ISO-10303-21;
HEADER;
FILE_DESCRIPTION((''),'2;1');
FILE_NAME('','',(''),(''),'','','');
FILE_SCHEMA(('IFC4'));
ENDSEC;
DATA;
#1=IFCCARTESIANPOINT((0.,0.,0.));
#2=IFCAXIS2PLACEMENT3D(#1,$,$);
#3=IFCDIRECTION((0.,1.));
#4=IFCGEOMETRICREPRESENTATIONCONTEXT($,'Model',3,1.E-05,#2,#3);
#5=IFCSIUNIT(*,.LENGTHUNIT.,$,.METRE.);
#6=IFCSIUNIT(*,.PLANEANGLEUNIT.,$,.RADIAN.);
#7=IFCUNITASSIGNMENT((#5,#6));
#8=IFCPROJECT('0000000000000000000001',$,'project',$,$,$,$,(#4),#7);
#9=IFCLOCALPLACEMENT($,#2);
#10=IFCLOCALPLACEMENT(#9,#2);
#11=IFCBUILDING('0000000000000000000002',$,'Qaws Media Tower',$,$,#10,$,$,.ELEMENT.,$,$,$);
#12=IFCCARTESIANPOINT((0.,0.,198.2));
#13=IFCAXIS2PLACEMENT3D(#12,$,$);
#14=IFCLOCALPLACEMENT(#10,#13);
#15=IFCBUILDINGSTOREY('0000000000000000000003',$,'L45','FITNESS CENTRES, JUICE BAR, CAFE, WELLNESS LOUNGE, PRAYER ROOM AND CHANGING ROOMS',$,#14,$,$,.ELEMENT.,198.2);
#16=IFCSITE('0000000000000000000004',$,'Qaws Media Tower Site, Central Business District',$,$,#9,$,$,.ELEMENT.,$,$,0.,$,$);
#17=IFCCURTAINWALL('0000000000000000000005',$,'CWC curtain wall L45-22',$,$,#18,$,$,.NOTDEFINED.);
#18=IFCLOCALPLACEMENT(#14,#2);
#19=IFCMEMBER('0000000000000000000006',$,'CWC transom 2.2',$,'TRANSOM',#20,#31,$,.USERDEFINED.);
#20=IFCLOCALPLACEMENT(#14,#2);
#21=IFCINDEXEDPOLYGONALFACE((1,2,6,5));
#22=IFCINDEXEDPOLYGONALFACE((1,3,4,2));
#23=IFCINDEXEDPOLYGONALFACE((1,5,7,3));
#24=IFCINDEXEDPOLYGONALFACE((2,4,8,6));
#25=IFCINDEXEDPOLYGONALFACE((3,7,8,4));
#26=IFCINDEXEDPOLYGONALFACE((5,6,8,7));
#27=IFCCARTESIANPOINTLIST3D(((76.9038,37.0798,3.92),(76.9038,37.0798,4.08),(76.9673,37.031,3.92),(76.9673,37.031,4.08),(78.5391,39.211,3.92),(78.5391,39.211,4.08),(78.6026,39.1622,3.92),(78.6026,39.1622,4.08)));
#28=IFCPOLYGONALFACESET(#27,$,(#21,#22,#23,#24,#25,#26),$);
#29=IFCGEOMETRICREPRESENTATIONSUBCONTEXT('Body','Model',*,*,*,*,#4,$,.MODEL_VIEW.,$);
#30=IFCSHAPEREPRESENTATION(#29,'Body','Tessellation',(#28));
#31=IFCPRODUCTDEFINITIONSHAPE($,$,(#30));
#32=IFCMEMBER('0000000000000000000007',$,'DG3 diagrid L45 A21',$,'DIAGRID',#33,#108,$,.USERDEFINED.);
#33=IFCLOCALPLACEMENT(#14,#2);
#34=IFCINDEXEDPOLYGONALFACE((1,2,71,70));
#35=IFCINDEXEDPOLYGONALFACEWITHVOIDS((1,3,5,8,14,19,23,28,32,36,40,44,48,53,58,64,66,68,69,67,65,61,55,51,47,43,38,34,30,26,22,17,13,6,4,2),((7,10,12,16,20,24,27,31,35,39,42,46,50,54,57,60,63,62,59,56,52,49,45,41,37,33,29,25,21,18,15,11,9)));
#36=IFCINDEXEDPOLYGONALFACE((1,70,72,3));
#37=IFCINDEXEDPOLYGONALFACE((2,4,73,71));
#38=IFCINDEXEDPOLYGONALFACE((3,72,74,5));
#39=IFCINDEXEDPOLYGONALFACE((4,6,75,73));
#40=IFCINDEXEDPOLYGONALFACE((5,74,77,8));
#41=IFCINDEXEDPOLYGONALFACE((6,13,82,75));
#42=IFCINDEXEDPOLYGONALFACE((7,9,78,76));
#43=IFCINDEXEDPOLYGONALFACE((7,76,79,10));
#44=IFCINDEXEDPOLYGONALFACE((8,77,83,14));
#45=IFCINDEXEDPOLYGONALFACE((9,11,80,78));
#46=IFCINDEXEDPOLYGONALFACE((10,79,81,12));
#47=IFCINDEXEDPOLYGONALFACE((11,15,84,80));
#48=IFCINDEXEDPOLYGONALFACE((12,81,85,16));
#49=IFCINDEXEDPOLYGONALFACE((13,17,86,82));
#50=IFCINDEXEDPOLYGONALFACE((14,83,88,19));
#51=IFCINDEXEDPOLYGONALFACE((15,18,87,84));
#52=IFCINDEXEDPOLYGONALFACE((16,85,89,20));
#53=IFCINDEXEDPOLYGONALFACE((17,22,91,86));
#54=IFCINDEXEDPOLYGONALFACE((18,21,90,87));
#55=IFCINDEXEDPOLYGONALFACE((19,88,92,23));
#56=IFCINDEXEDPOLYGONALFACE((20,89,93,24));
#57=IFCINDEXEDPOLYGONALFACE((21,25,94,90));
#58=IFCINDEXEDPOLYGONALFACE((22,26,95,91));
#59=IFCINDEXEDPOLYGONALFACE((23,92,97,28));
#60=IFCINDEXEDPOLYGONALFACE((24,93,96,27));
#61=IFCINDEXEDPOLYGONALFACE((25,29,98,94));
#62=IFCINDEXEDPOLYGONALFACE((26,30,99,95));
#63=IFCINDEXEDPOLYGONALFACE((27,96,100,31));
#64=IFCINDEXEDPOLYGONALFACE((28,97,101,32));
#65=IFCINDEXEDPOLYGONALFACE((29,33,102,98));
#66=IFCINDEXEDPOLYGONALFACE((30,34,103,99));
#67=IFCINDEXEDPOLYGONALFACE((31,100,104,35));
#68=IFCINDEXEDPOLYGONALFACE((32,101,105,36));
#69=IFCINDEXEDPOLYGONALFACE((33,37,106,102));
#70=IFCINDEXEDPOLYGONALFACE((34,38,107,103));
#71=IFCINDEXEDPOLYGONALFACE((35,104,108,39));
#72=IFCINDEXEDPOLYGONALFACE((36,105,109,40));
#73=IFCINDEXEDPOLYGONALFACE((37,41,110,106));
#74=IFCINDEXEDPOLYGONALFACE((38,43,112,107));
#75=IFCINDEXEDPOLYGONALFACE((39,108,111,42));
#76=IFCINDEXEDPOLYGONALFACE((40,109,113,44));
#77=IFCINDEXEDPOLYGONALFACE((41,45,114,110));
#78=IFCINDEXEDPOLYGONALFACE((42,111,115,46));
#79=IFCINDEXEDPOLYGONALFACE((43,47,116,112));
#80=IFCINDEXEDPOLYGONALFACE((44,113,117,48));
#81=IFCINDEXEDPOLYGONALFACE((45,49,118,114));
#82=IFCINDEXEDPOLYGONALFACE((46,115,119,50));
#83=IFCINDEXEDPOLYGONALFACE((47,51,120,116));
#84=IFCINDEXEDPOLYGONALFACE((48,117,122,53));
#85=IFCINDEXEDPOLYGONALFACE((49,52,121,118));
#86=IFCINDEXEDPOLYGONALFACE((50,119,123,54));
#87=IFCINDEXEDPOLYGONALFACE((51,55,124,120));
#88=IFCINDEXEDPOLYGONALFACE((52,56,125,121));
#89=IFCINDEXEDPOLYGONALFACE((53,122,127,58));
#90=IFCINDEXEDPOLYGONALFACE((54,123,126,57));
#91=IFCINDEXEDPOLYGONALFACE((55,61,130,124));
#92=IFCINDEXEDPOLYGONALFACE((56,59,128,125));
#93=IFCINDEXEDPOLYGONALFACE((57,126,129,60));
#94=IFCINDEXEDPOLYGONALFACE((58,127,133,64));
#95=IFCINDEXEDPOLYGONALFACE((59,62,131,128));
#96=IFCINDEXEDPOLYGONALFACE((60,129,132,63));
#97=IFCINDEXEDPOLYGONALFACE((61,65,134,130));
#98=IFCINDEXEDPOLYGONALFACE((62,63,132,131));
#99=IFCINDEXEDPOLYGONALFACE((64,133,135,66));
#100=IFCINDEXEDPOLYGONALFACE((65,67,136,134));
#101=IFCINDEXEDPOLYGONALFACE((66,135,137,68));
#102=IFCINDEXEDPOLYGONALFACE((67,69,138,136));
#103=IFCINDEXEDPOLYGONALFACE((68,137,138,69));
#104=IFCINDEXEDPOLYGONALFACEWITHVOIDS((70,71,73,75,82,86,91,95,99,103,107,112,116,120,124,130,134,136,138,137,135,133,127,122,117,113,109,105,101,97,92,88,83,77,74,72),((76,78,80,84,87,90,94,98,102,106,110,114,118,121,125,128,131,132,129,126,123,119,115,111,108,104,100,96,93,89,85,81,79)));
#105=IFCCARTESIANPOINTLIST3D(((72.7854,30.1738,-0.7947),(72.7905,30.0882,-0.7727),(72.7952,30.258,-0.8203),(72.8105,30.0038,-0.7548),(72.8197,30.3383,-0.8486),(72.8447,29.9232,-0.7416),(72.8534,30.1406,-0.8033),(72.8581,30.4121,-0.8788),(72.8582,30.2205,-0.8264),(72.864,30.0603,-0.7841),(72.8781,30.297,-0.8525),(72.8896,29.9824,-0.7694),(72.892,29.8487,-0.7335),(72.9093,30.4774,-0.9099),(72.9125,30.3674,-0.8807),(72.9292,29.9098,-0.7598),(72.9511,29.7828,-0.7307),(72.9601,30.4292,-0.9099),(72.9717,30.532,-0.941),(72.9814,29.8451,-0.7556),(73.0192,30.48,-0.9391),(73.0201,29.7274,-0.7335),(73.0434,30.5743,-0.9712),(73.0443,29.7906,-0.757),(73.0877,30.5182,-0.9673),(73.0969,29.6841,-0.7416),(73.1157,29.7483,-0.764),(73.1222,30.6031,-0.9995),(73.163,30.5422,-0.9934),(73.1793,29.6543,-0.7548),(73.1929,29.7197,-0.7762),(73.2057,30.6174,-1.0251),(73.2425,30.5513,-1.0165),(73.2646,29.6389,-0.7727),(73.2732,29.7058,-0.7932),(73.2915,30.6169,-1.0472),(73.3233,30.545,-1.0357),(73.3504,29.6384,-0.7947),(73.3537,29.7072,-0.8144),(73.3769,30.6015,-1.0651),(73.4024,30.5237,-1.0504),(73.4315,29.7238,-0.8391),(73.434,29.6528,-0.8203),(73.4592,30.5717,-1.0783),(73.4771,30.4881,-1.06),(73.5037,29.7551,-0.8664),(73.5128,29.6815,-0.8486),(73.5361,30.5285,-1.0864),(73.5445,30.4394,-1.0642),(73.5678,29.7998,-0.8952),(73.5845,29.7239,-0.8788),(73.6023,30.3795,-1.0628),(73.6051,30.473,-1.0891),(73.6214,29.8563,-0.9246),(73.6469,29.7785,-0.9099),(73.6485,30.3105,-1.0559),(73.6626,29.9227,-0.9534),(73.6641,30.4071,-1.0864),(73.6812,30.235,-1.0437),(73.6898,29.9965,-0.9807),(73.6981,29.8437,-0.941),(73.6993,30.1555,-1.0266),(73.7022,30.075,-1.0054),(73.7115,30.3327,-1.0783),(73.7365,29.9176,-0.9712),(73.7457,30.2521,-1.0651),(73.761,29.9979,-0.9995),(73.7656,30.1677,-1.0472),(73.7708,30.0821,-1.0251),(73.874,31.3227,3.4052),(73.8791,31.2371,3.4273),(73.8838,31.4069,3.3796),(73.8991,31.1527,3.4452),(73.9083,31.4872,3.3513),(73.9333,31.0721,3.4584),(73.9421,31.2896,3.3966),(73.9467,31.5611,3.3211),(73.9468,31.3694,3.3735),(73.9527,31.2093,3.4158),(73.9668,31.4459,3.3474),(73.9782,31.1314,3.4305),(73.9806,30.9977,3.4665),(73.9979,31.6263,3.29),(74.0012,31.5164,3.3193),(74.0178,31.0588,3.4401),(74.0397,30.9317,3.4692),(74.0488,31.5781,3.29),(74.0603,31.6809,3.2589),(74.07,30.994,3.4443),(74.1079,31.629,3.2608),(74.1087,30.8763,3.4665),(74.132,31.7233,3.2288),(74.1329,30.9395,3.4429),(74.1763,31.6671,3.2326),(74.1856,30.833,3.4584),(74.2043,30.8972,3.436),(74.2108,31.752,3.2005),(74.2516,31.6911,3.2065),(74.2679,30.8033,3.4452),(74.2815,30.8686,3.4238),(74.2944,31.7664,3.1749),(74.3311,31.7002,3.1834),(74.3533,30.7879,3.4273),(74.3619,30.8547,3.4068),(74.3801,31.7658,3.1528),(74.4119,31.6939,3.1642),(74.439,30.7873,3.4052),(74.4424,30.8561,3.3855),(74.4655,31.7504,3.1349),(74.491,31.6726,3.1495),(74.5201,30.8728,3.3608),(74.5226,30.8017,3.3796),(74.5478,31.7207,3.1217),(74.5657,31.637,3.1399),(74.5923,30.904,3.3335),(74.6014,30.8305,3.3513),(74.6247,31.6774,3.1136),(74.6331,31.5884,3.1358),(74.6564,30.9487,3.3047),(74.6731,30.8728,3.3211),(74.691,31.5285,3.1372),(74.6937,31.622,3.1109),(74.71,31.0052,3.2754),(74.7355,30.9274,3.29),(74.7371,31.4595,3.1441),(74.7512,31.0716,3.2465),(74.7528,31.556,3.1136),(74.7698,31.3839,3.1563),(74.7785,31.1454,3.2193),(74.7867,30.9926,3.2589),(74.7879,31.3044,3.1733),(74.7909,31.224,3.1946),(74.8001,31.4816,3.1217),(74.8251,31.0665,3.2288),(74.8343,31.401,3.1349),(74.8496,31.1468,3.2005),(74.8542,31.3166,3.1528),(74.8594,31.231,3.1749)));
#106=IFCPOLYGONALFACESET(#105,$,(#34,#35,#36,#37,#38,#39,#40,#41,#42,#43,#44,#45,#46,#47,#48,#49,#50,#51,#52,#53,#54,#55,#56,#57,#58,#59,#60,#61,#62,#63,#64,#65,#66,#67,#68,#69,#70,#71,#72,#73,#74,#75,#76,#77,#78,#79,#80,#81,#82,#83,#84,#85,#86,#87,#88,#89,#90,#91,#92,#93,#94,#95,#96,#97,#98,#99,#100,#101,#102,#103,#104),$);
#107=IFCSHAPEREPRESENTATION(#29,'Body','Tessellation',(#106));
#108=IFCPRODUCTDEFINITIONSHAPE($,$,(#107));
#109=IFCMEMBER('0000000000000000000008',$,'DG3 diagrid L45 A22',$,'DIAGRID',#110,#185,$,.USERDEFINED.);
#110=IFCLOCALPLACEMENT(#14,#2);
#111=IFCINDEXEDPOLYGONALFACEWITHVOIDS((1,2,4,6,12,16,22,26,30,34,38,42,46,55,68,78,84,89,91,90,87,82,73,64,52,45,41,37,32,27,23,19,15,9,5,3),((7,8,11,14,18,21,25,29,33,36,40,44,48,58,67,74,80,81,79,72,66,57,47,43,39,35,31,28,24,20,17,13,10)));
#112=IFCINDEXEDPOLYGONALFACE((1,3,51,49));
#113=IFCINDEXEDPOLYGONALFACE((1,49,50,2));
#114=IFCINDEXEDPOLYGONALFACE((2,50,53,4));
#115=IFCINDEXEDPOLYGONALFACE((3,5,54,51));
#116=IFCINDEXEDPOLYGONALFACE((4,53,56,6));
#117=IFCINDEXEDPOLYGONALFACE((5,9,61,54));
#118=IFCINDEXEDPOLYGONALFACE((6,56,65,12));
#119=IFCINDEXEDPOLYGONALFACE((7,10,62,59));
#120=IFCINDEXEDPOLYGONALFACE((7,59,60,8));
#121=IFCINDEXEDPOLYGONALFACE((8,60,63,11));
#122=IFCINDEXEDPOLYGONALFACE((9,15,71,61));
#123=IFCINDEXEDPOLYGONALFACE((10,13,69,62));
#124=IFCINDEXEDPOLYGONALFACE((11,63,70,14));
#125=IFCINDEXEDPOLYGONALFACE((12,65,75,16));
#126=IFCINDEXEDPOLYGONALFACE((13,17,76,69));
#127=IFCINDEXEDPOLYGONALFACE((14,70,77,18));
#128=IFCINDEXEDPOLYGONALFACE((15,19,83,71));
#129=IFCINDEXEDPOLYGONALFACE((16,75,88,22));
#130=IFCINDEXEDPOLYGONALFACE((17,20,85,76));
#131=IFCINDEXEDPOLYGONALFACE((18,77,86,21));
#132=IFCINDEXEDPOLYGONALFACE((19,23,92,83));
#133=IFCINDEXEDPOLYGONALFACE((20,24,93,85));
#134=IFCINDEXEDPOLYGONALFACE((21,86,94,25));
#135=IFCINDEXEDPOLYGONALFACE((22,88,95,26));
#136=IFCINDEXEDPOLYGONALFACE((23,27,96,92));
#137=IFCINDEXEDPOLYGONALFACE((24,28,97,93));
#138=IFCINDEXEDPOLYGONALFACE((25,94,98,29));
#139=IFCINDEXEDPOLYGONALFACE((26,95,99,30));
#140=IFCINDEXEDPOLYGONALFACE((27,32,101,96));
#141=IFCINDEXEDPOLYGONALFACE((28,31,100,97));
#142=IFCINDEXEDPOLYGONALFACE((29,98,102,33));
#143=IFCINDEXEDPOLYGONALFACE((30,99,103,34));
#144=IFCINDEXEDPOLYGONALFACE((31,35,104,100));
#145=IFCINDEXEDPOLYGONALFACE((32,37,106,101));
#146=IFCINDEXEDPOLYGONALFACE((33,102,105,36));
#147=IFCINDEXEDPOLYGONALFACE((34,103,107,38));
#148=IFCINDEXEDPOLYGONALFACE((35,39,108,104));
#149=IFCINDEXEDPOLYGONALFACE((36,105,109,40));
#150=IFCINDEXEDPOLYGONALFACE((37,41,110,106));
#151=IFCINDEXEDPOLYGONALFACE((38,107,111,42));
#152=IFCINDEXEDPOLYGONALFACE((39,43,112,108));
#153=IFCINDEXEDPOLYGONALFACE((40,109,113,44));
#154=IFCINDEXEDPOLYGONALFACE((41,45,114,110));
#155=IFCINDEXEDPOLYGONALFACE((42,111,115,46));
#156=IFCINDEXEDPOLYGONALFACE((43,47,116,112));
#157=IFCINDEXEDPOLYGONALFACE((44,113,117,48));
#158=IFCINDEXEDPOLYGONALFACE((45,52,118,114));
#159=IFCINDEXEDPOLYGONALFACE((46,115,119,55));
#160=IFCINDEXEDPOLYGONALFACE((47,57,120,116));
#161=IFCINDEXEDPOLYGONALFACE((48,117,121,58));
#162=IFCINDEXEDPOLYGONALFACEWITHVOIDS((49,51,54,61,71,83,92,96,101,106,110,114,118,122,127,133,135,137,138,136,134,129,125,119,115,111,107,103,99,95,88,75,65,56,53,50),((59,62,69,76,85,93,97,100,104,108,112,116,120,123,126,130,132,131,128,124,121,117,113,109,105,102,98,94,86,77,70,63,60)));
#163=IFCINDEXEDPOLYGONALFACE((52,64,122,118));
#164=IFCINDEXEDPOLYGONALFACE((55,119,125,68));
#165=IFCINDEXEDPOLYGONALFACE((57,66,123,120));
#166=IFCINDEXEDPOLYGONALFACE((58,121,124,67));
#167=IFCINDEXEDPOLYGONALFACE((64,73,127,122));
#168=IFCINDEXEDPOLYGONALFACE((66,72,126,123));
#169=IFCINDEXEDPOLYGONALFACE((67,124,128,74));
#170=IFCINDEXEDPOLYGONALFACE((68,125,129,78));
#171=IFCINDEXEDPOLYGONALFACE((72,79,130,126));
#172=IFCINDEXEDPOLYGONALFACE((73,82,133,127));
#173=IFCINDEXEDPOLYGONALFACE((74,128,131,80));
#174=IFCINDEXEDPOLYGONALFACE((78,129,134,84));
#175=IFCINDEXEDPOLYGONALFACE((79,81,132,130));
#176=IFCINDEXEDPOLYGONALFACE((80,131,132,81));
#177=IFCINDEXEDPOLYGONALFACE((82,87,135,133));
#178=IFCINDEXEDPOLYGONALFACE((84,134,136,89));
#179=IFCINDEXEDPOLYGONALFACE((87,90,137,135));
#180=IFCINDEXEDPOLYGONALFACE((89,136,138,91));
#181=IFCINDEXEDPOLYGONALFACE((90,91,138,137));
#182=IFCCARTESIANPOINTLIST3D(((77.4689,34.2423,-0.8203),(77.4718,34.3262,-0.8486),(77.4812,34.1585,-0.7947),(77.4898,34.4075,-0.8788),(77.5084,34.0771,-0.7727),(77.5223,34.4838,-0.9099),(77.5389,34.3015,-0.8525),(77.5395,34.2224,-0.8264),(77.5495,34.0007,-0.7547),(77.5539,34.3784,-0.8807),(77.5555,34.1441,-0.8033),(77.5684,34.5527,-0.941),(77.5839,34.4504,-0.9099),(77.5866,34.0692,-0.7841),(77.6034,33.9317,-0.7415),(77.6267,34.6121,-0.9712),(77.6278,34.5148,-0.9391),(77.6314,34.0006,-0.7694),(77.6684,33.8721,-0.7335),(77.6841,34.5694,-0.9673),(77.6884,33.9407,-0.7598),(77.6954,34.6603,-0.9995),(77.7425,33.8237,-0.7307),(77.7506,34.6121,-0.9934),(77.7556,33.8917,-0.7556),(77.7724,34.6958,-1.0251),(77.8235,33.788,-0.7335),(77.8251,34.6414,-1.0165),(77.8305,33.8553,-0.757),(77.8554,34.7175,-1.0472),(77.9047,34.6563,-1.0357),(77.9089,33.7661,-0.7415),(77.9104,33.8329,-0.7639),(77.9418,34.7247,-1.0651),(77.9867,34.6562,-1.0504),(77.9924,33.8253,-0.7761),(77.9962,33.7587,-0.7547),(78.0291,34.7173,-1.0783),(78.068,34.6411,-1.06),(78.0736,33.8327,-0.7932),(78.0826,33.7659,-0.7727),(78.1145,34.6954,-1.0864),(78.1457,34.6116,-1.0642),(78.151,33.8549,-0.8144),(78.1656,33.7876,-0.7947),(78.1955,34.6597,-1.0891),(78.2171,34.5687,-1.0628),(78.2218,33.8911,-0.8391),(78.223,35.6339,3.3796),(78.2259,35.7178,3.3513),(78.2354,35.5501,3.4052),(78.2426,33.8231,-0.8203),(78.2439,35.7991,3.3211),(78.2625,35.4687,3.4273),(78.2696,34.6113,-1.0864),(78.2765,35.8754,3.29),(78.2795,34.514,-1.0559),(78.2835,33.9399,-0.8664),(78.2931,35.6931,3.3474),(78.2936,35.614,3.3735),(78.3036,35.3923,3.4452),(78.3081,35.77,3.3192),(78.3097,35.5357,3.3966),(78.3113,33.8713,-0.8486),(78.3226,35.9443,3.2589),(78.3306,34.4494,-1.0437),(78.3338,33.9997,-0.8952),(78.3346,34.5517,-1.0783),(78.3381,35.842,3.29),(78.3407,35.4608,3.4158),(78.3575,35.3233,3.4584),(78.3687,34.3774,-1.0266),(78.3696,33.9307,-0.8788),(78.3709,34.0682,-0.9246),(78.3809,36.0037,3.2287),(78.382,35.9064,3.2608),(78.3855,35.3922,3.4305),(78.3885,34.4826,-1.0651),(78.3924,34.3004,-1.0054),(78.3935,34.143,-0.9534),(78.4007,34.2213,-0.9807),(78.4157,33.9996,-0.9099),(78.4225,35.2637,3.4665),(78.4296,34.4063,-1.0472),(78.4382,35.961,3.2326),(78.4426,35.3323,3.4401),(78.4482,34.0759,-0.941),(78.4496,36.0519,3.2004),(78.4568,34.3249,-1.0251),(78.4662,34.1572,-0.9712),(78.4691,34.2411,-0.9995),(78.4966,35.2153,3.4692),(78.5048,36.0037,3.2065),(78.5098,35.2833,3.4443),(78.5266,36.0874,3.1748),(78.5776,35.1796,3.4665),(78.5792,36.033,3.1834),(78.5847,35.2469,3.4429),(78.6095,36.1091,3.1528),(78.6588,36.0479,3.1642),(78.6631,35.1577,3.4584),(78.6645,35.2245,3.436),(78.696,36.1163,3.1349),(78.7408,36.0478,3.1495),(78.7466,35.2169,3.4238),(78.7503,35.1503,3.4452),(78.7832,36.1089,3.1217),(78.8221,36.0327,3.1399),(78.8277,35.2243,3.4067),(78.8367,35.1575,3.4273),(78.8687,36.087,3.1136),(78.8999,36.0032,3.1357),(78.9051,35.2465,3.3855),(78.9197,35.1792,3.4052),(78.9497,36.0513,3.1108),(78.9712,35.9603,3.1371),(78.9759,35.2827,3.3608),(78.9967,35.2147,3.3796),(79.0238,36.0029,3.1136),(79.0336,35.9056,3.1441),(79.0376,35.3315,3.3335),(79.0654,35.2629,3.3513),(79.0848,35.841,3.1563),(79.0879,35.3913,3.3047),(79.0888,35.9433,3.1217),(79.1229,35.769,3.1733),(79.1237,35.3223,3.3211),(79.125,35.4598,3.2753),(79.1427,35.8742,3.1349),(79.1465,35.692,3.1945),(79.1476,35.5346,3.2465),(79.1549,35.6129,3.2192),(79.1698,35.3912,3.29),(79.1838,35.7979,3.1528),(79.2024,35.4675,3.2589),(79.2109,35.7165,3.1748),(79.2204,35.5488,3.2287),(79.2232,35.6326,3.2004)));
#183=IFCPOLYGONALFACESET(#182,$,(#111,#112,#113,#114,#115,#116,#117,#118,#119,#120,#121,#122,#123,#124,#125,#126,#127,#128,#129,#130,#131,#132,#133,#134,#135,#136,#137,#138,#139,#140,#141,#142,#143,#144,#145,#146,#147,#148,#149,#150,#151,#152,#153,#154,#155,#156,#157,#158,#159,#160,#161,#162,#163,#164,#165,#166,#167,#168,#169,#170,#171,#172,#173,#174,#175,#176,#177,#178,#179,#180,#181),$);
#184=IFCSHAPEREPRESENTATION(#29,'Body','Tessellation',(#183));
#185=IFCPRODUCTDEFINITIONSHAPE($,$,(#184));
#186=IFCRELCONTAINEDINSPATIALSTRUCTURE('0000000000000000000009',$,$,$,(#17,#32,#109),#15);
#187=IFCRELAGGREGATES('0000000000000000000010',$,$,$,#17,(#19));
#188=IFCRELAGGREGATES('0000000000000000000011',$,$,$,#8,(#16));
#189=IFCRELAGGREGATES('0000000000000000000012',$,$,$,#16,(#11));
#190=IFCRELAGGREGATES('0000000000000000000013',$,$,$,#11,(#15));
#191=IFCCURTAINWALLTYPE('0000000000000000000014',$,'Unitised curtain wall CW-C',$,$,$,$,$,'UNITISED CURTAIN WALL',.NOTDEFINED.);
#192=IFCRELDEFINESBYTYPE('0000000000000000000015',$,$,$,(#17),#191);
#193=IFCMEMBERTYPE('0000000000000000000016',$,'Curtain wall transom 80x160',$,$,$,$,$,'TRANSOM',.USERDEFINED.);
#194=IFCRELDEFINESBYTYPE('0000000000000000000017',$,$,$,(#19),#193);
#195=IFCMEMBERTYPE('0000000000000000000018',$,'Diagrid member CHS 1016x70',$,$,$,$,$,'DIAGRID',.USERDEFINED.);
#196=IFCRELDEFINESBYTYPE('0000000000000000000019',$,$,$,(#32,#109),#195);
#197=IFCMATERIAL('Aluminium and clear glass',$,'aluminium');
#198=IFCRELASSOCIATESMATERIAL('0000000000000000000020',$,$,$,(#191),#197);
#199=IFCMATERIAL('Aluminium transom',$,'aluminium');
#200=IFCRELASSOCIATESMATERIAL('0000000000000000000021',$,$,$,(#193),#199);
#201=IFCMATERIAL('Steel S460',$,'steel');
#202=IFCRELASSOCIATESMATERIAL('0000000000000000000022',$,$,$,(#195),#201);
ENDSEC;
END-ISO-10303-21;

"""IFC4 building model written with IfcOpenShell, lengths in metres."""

from ifc_helpers import new_model, si_unit, direction, frame, origin, origin_2d, place, context, subcontext, project, spatial, rectangle, hollow_circle, extrude, material, material_profile, profile_set, type_object, element, aggregate, save


model = new_model("IFC4")

# Units and contexts
model_context = context("Model", 3, precision=1e-05, world=origin(), true_north=direction((0.0, 1.0)))
body_context = subcontext(model_context, "Body", "Model", "MODEL_VIEW")
ifc_project = project(units=[si_unit("LENGTHUNIT", "METRE"), si_unit("PLANEANGLEUNIT", "RADIAN")], contexts=[model_context])

# Site, building, storey
site_placement = place(None, origin())
site = spatial("IfcSite", under=ifc_project, at=site_placement, Name="Qaws Media Tower Site, Central Business District", CompositionType="ELEMENT", RefElevation=0.0)
building_placement = place(site_placement, origin())
building = spatial("IfcBuilding", under=site, at=building_placement, Name="Qaws Media Tower", CompositionType="ELEMENT")
storey_placement = place(building_placement, frame((0.0, 0.0, 198.2)))
storey = spatial("IfcBuildingStorey", under=building, at=storey_placement, Name="L45", Description="FITNESS CENTRES, JUICE BAR, CAFE, WELLNESS LOUNGE, PRAYER ROOM AND CHANGING ROOMS", CompositionType="ELEMENT", Elevation=198.2)

# Shared definitions
ifc_material_1 = material(Name="Aluminium and clear glass", Category="aluminium")
curtain_wall_type = type_object("IfcCurtainWallType", Name="Unitised curtain wall CW-C", ElementType="UNITISED CURTAIN WALL", PredefinedType="NOTDEFINED", material=ifc_material_1)

# Curtain wall
curtain_wall_1_placement = place(storey_placement, origin())
curtain_wall_1 = element("IfcCurtainWall", 1, at=curtain_wall_1_placement, inside=storey, type_object=curtain_wall_type, Name="CWC curtain wall L45-22", PredefinedType="NOTDEFINED")

# Member
ifc_material_2 = material(Name="Aluminium transom", Category="aluminium")
ifc_material_profile_1 = material_profile(ifc_material_2, rectangle(XDim=0.0801, YDim=0.1599, at=origin_2d()), Name="80x160")
ifc_profile_set_1 = profile_set([ifc_material_profile_1], Name="Aluminium transom")
member_type_1 = type_object("IfcMemberType", Name="Curtain wall transom 80x160", ElementType="TRANSOM", PredefinedType="USERDEFINED", material=ifc_profile_set_1)
member_1_placement = place(storey_placement, frame((76.9355, 37.0554, 4.0), z_axis=(0.608762, 0.793353, 0.0), x_axis=(-0.793353, 0.608762, 0.0)))
member_1 = element("IfcMember", 2, at=member_1_placement, type_object=member_type_1, Name="CWC transom 2.2", ObjectType="TRANSOM", PredefinedType="USERDEFINED", context=body_context, shape_type="SweptSolid", body=[
    extrude(rectangle(XDim=0.0801, YDim=0.1599, at=origin_2d()), origin(), (0.0, 0.0, 1.0), 2.6863),
])

# Members
ifc_material_3 = material(Name="Steel S460", Category="steel")
ifc_material_profile_2 = material_profile(ifc_material_3, hollow_circle(Radius=0.5081, WallThickness=0.0701, at=origin_2d()), Name="CHS 1016x70")
ifc_profile_set_2 = profile_set([ifc_material_profile_2], Name="Steel S460")
member_type_2 = type_object("IfcMemberType", Name="Diagrid member CHS 1016x70", ElementType="DIAGRID", PredefinedType="USERDEFINED", material=ifc_profile_set_2)
for number, where, z_axis, x_axis, name in (
    (3, (73.2781, 30.1279, -0.9099), (0.242548, 0.255983, 0.935758), (-0.7259, 0.6878, 0.0), "DG3 diagrid L45 A21"),
    (4, (77.969, 34.2417, -0.9099), (0.168026, 0.310051, 0.935754), (-0.879195, 0.476462, 0.0), "DG3 diagrid L45 A22"),
):
    element("IfcMember", number, at=place(storey_placement, frame(where, z_axis=z_axis, x_axis=x_axis)), inside=storey, type_object=member_type_2, Name=name, ObjectType="DIAGRID", PredefinedType="USERDEFINED", context=body_context, shape_type="SweptSolid", body=[
        extrude(hollow_circle(Radius=0.5081, WallThickness=0.0701, at=origin_2d()), origin(), (0.0, 0.0, 1.0), 4.4883),
    ])

aggregate(curtain_wall_1, [member_1])

save(model, "model.ifc")
